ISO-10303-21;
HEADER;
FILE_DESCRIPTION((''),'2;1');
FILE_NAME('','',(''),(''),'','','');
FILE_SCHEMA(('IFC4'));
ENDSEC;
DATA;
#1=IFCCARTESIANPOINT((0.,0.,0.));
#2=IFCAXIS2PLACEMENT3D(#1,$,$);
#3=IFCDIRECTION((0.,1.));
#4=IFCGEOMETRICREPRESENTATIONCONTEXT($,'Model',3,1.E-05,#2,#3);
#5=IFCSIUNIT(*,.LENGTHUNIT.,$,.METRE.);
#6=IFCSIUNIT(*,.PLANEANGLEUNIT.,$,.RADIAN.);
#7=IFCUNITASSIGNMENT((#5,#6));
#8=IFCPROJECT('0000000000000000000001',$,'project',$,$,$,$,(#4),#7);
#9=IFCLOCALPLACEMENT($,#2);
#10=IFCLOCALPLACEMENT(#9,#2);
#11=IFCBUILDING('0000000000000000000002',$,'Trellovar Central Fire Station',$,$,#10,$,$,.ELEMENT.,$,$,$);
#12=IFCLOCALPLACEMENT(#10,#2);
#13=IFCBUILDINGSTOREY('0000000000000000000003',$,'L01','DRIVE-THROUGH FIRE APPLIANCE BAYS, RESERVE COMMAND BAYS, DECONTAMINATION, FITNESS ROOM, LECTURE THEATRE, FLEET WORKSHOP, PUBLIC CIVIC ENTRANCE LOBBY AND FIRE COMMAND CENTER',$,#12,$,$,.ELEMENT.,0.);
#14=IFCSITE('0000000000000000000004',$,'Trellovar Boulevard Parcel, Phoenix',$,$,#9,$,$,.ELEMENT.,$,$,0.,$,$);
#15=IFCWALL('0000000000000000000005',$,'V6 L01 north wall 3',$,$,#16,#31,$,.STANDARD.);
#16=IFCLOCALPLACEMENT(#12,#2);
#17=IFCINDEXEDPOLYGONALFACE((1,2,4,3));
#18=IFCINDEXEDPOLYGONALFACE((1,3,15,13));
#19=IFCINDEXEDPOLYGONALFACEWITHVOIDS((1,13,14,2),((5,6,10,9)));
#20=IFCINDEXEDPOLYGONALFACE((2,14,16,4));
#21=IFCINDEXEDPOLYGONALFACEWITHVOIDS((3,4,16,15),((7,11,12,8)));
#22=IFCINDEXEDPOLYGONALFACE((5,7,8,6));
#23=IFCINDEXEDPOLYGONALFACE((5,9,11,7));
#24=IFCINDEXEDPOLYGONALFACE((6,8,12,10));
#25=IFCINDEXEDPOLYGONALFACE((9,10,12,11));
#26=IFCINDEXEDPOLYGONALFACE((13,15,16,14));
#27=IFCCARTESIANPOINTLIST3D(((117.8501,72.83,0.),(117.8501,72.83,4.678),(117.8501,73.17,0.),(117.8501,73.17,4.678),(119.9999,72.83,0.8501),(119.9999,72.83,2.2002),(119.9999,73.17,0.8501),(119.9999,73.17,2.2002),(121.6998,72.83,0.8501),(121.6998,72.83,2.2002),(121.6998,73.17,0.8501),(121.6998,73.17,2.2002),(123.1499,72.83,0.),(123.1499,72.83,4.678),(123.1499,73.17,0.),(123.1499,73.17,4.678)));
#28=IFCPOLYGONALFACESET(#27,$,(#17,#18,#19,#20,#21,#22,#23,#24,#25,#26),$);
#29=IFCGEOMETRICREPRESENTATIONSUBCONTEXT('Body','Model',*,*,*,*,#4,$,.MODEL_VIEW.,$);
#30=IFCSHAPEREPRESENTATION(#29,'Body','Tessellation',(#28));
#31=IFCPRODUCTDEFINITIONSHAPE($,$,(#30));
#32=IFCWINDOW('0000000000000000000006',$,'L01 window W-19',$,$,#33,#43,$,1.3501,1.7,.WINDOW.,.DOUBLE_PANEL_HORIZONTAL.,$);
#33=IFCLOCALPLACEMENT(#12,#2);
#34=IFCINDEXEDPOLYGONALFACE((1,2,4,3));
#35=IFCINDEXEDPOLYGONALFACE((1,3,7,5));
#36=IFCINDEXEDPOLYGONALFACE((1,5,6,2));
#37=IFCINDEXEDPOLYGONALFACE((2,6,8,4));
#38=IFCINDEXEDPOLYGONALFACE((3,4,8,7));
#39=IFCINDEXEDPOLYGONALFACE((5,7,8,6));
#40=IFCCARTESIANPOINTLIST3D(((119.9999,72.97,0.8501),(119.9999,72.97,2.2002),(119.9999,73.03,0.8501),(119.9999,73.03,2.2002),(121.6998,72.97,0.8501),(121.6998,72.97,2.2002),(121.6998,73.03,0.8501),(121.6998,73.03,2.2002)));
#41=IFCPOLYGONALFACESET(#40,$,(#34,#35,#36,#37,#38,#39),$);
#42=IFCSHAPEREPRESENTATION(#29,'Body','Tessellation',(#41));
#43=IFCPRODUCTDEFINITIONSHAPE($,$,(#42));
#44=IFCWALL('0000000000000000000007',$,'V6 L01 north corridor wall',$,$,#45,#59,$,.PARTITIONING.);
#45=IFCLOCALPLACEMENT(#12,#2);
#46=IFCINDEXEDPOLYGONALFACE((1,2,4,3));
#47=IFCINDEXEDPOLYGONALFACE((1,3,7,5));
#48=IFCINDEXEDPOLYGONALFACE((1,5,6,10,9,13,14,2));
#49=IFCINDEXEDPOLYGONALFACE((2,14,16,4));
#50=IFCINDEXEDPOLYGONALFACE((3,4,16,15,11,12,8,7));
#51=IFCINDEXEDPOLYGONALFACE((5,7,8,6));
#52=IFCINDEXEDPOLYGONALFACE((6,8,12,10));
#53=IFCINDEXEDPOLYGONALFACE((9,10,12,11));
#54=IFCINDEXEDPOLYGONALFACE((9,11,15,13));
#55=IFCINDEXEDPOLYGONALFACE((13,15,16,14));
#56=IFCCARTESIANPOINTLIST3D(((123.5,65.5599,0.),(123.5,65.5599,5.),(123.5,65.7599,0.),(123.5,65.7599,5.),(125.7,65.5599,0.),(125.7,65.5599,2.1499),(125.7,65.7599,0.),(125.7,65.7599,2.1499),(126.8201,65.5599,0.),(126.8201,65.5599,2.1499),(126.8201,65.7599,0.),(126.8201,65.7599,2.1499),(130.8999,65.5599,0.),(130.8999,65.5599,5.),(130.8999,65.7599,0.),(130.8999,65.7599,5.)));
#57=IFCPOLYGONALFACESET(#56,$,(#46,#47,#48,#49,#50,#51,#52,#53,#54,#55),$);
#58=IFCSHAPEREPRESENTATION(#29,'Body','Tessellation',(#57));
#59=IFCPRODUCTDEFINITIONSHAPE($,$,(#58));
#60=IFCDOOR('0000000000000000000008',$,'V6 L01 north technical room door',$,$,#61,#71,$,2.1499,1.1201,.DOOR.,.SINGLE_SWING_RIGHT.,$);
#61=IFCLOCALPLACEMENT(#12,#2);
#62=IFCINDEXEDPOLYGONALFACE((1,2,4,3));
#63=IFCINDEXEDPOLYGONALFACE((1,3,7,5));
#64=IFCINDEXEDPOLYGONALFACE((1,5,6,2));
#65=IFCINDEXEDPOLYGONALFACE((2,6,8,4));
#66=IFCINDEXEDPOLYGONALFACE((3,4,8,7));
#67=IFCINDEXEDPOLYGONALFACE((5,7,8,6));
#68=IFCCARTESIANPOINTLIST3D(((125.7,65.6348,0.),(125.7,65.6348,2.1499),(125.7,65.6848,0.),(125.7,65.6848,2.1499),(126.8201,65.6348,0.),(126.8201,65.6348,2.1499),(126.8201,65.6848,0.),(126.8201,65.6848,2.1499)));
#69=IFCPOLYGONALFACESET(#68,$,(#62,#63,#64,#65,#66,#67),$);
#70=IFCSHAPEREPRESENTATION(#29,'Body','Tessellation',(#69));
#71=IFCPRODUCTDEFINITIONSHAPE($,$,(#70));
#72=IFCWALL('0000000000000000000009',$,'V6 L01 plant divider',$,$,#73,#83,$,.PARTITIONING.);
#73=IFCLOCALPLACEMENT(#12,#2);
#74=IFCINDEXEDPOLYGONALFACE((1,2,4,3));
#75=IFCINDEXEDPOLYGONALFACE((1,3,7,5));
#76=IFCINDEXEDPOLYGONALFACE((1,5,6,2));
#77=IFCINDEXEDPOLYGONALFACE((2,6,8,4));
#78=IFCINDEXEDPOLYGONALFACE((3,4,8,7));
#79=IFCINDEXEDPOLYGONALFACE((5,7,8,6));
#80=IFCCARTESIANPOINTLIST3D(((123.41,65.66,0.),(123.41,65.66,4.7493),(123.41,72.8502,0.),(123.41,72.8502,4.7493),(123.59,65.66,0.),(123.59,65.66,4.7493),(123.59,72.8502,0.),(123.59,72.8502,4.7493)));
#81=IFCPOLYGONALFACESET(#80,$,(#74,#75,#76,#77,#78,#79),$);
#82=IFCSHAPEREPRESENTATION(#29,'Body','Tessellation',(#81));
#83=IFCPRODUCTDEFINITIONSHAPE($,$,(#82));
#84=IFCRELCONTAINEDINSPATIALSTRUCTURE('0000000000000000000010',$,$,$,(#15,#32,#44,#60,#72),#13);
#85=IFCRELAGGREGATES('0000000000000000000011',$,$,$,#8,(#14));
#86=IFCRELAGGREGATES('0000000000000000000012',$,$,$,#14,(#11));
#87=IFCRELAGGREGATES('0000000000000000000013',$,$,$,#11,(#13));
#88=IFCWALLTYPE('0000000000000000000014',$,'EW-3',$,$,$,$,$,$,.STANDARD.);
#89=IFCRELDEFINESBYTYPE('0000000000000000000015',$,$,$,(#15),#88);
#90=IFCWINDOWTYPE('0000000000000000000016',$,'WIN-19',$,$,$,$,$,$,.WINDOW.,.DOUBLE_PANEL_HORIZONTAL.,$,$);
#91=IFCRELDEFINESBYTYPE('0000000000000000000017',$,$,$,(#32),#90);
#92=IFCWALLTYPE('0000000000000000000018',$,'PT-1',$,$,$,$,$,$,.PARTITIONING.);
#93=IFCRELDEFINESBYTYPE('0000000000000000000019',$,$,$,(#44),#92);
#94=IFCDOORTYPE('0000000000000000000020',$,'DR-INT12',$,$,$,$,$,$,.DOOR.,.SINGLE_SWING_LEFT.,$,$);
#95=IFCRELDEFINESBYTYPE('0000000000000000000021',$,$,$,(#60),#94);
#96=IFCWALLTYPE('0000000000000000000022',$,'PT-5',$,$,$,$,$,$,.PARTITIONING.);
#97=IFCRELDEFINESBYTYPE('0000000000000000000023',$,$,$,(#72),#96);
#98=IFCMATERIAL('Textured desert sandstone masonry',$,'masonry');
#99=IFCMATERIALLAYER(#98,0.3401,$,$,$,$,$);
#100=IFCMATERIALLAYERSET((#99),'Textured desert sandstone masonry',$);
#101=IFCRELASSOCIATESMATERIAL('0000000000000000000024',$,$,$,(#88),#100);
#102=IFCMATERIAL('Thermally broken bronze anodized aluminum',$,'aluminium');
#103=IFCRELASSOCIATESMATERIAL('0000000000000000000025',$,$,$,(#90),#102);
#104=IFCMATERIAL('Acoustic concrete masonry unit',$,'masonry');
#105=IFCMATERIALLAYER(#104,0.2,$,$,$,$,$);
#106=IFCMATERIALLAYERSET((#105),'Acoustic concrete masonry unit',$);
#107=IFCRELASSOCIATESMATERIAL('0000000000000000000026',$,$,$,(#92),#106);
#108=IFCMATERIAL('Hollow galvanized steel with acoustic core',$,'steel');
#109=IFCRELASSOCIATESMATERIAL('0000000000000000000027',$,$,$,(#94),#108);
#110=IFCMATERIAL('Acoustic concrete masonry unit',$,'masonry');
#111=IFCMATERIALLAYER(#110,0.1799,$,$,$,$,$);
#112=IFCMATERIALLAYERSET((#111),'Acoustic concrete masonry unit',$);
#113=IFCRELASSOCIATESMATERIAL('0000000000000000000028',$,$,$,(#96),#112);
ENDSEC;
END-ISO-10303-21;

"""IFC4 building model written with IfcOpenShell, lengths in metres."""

from ifc_helpers import new_model, si_unit, direction, frame, frame_2d, origin, place, context, subcontext, project, spatial, rectangle, extrude, material, layer, layer_set, type_object, element, fill, save


model = new_model("IFC4")

# Units and contexts
model_context = context("Model", 3, precision=1e-05, world=origin(), true_north=direction((0.0, 1.0)))
body_context = subcontext(model_context, "Body", "Model", "MODEL_VIEW")
ifc_project = project(units=[si_unit("LENGTHUNIT", "METRE"), si_unit("PLANEANGLEUNIT", "RADIAN")], contexts=[model_context])

# Site, building, storey
site_placement = place(None, origin())
site = spatial("IfcSite", under=ifc_project, at=site_placement, Name="Trellovar Boulevard Parcel, Phoenix", CompositionType="ELEMENT", RefElevation=0.0)
building_placement = place(site_placement, origin())
building = spatial("IfcBuilding", under=site, at=building_placement, Name="Trellovar Central Fire Station", CompositionType="ELEMENT")
storey_placement = place(building_placement, origin())
storey = spatial("IfcBuildingStorey", under=building, at=storey_placement, Name="L01", Description="DRIVE-THROUGH FIRE APPLIANCE BAYS, RESERVE COMMAND BAYS, DECONTAMINATION, FITNESS ROOM, LECTURE THEATRE, FLEET WORKSHOP, PUBLIC CIVIC ENTRANCE LOBBY AND FIRE COMMAND CENTER", CompositionType="ELEMENT", Elevation=0.0)

# Wall, opening, window
ifc_material_1 = material(Name="Textured desert sandstone masonry", Category="masonry")
ifc_layer_1 = layer(ifc_material_1, 0.3401)
ifc_layer_set_1 = layer_set([ifc_layer_1], Name="Textured desert sandstone masonry")
wall_type_1 = type_object("IfcWallType", Name="EW-3", PredefinedType="STANDARD", material=ifc_layer_set_1)
ifc_material_2 = material(Name="Thermally broken bronze anodized aluminum", Category="aluminium")
window_type = type_object("IfcWindowType", Name="WIN-19", PartitioningType="DOUBLE_PANEL_HORIZONTAL", PredefinedType="WINDOW", material=ifc_material_2)
wall_1_placement = place(storey_placement, frame((123.1499, 73.0, 0.0), z_axis=(0.0, 0.0, 1.0), x_axis=(-1.0, 0.0, 0.0)))
wall_1 = element("IfcWall", 1, at=wall_1_placement, inside=storey, type_object=wall_type_1, Name="V6 L01 north wall 3", PredefinedType="STANDARD", context=body_context, shape_type="SweptSolid", body=[
    extrude(rectangle(XDim=5.2998, YDim=0.3401, at=frame_2d((2.6499, 0.0))), origin(), (0.0, 0.0, 1.0), 4.678),
])
opening_1_placement = place(wall_1_placement, frame((1.45, 0.0, 0.8501)))
opening_1 = element("IfcOpeningElement", 2, at=opening_1_placement, cuts=wall_1, PredefinedType="OPENING", context=body_context, shape_type="SweptSolid", body=[
    extrude(rectangle(XDim=1.7, YDim=1.3501, at=frame_2d((0.8501, 0.675))), frame((0.0, 0.1799, 0.0), z_axis=(0.0, -1.0, 0.0), x_axis=(1.0, 0.0, 0.0)), (0.0, 0.0, 1.0), 0.3601),
])
window_1_placement = place(opening_1_placement, origin())
window_1 = element("IfcWindow", 3, at=window_1_placement, inside=storey, type_object=window_type, Name="L01 window W-19", OverallHeight=1.3501, OverallWidth=1.7, PartitioningType="DOUBLE_PANEL_HORIZONTAL", PredefinedType="WINDOW", context=body_context, shape_type="SweptSolid", body=[
    extrude(rectangle(XDim=1.7, YDim=1.3501, at=frame_2d((0.8501, 0.675))), frame((0.0, 0.03, 0.0), z_axis=(0.0, -1.0, 0.0), x_axis=(1.0, 0.0, 0.0)), (0.0, 0.0, 1.0), 0.0601),
])
fill(opening_1, window_1)

# Wall, opening, door
ifc_material_3 = material(Name="Acoustic concrete masonry unit", Category="masonry")
ifc_layer_2 = layer(ifc_material_3, 0.2)
ifc_layer_set_2 = layer_set([ifc_layer_2], Name="Acoustic concrete masonry unit")
wall_type_2 = type_object("IfcWallType", Name="PT-1", PredefinedType="PARTITIONING", material=ifc_layer_set_2)
wall_2_placement = place(storey_placement, frame((123.5, 65.6599, 0.0), z_axis=(0.0, 0.0, 1.0), x_axis=(1.0, 0.0, 0.0)))
wall_2 = element("IfcWall", 4, at=wall_2_placement, inside=storey, type_object=wall_type_2, Name="V6 L01 north corridor wall", PredefinedType="PARTITIONING", context=body_context, shape_type="SweptSolid", body=[
    extrude(rectangle(XDim=7.3999, YDim=0.2, at=frame_2d((3.7, 0.0))), origin(), (0.0, 0.0, 1.0), 5.0),
])
opening_2_placement = place(wall_2_placement, frame((2.2, 0.0, 0.0)))
opening_2 = element("IfcOpeningElement", 5, at=opening_2_placement, cuts=wall_2, PredefinedType="OPENING", context=body_context, shape_type="SweptSolid", body=[
    extrude(rectangle(XDim=1.1201, YDim=2.1499, at=frame_2d((0.5601, 1.075))), frame((0.0, 0.1099, 0.0), z_axis=(0.0, -1.0, 0.0), x_axis=(1.0, 0.0, 0.0)), (0.0, 0.0, 1.0), 0.22),
])
ifc_material_4 = material(Name="Hollow galvanized steel with acoustic core", Category="steel")
door_type = type_object("IfcDoorType", Name="DR-INT12", OperationType="SINGLE_SWING_LEFT", PredefinedType="DOOR", material=ifc_material_4)
door_placement = place(opening_2_placement, origin())
door = element("IfcDoor", 6, at=door_placement, inside=storey, type_object=door_type, Name="V6 L01 north technical room door", OperationType="SINGLE_SWING_RIGHT", OverallHeight=2.1499, OverallWidth=1.1201, PredefinedType="DOOR", context=body_context, shape_type="SweptSolid", body=[
    extrude(rectangle(XDim=1.1201, YDim=2.1499, at=frame_2d((0.5601, 1.075))), frame((0.0, 0.0249, 0.0), z_axis=(0.0, -1.0, 0.0), x_axis=(1.0, 0.0, 0.0)), (0.0, 0.0, 1.0), 0.05),
])
fill(opening_2, door)

# Wall
ifc_material_5 = material(Name="Acoustic concrete masonry unit", Category="masonry")
ifc_layer_3 = layer(ifc_material_5, 0.1799)
ifc_layer_set_3 = layer_set([ifc_layer_3], Name="Acoustic concrete masonry unit")
wall_type_3 = type_object("IfcWallType", Name="PT-5", PredefinedType="PARTITIONING", material=ifc_layer_set_3)
wall_3_placement = place(storey_placement, frame((123.5, 65.6599, 0.0), z_axis=(0.0, 0.0, 1.0), x_axis=(0.0, 1.0, 0.0)))
element("IfcWall", 7, at=wall_3_placement, inside=storey, type_object=wall_type_3, Name="V6 L01 plant divider", PredefinedType="PARTITIONING", context=body_context, shape_type="SweptSolid", body=[
    extrude(rectangle(XDim=7.1902, YDim=0.1799, at=frame_2d((3.5952, 0.0))), origin(), (0.0, 0.0, 1.0), 4.7493),
])

save(model, "model.ifc")
